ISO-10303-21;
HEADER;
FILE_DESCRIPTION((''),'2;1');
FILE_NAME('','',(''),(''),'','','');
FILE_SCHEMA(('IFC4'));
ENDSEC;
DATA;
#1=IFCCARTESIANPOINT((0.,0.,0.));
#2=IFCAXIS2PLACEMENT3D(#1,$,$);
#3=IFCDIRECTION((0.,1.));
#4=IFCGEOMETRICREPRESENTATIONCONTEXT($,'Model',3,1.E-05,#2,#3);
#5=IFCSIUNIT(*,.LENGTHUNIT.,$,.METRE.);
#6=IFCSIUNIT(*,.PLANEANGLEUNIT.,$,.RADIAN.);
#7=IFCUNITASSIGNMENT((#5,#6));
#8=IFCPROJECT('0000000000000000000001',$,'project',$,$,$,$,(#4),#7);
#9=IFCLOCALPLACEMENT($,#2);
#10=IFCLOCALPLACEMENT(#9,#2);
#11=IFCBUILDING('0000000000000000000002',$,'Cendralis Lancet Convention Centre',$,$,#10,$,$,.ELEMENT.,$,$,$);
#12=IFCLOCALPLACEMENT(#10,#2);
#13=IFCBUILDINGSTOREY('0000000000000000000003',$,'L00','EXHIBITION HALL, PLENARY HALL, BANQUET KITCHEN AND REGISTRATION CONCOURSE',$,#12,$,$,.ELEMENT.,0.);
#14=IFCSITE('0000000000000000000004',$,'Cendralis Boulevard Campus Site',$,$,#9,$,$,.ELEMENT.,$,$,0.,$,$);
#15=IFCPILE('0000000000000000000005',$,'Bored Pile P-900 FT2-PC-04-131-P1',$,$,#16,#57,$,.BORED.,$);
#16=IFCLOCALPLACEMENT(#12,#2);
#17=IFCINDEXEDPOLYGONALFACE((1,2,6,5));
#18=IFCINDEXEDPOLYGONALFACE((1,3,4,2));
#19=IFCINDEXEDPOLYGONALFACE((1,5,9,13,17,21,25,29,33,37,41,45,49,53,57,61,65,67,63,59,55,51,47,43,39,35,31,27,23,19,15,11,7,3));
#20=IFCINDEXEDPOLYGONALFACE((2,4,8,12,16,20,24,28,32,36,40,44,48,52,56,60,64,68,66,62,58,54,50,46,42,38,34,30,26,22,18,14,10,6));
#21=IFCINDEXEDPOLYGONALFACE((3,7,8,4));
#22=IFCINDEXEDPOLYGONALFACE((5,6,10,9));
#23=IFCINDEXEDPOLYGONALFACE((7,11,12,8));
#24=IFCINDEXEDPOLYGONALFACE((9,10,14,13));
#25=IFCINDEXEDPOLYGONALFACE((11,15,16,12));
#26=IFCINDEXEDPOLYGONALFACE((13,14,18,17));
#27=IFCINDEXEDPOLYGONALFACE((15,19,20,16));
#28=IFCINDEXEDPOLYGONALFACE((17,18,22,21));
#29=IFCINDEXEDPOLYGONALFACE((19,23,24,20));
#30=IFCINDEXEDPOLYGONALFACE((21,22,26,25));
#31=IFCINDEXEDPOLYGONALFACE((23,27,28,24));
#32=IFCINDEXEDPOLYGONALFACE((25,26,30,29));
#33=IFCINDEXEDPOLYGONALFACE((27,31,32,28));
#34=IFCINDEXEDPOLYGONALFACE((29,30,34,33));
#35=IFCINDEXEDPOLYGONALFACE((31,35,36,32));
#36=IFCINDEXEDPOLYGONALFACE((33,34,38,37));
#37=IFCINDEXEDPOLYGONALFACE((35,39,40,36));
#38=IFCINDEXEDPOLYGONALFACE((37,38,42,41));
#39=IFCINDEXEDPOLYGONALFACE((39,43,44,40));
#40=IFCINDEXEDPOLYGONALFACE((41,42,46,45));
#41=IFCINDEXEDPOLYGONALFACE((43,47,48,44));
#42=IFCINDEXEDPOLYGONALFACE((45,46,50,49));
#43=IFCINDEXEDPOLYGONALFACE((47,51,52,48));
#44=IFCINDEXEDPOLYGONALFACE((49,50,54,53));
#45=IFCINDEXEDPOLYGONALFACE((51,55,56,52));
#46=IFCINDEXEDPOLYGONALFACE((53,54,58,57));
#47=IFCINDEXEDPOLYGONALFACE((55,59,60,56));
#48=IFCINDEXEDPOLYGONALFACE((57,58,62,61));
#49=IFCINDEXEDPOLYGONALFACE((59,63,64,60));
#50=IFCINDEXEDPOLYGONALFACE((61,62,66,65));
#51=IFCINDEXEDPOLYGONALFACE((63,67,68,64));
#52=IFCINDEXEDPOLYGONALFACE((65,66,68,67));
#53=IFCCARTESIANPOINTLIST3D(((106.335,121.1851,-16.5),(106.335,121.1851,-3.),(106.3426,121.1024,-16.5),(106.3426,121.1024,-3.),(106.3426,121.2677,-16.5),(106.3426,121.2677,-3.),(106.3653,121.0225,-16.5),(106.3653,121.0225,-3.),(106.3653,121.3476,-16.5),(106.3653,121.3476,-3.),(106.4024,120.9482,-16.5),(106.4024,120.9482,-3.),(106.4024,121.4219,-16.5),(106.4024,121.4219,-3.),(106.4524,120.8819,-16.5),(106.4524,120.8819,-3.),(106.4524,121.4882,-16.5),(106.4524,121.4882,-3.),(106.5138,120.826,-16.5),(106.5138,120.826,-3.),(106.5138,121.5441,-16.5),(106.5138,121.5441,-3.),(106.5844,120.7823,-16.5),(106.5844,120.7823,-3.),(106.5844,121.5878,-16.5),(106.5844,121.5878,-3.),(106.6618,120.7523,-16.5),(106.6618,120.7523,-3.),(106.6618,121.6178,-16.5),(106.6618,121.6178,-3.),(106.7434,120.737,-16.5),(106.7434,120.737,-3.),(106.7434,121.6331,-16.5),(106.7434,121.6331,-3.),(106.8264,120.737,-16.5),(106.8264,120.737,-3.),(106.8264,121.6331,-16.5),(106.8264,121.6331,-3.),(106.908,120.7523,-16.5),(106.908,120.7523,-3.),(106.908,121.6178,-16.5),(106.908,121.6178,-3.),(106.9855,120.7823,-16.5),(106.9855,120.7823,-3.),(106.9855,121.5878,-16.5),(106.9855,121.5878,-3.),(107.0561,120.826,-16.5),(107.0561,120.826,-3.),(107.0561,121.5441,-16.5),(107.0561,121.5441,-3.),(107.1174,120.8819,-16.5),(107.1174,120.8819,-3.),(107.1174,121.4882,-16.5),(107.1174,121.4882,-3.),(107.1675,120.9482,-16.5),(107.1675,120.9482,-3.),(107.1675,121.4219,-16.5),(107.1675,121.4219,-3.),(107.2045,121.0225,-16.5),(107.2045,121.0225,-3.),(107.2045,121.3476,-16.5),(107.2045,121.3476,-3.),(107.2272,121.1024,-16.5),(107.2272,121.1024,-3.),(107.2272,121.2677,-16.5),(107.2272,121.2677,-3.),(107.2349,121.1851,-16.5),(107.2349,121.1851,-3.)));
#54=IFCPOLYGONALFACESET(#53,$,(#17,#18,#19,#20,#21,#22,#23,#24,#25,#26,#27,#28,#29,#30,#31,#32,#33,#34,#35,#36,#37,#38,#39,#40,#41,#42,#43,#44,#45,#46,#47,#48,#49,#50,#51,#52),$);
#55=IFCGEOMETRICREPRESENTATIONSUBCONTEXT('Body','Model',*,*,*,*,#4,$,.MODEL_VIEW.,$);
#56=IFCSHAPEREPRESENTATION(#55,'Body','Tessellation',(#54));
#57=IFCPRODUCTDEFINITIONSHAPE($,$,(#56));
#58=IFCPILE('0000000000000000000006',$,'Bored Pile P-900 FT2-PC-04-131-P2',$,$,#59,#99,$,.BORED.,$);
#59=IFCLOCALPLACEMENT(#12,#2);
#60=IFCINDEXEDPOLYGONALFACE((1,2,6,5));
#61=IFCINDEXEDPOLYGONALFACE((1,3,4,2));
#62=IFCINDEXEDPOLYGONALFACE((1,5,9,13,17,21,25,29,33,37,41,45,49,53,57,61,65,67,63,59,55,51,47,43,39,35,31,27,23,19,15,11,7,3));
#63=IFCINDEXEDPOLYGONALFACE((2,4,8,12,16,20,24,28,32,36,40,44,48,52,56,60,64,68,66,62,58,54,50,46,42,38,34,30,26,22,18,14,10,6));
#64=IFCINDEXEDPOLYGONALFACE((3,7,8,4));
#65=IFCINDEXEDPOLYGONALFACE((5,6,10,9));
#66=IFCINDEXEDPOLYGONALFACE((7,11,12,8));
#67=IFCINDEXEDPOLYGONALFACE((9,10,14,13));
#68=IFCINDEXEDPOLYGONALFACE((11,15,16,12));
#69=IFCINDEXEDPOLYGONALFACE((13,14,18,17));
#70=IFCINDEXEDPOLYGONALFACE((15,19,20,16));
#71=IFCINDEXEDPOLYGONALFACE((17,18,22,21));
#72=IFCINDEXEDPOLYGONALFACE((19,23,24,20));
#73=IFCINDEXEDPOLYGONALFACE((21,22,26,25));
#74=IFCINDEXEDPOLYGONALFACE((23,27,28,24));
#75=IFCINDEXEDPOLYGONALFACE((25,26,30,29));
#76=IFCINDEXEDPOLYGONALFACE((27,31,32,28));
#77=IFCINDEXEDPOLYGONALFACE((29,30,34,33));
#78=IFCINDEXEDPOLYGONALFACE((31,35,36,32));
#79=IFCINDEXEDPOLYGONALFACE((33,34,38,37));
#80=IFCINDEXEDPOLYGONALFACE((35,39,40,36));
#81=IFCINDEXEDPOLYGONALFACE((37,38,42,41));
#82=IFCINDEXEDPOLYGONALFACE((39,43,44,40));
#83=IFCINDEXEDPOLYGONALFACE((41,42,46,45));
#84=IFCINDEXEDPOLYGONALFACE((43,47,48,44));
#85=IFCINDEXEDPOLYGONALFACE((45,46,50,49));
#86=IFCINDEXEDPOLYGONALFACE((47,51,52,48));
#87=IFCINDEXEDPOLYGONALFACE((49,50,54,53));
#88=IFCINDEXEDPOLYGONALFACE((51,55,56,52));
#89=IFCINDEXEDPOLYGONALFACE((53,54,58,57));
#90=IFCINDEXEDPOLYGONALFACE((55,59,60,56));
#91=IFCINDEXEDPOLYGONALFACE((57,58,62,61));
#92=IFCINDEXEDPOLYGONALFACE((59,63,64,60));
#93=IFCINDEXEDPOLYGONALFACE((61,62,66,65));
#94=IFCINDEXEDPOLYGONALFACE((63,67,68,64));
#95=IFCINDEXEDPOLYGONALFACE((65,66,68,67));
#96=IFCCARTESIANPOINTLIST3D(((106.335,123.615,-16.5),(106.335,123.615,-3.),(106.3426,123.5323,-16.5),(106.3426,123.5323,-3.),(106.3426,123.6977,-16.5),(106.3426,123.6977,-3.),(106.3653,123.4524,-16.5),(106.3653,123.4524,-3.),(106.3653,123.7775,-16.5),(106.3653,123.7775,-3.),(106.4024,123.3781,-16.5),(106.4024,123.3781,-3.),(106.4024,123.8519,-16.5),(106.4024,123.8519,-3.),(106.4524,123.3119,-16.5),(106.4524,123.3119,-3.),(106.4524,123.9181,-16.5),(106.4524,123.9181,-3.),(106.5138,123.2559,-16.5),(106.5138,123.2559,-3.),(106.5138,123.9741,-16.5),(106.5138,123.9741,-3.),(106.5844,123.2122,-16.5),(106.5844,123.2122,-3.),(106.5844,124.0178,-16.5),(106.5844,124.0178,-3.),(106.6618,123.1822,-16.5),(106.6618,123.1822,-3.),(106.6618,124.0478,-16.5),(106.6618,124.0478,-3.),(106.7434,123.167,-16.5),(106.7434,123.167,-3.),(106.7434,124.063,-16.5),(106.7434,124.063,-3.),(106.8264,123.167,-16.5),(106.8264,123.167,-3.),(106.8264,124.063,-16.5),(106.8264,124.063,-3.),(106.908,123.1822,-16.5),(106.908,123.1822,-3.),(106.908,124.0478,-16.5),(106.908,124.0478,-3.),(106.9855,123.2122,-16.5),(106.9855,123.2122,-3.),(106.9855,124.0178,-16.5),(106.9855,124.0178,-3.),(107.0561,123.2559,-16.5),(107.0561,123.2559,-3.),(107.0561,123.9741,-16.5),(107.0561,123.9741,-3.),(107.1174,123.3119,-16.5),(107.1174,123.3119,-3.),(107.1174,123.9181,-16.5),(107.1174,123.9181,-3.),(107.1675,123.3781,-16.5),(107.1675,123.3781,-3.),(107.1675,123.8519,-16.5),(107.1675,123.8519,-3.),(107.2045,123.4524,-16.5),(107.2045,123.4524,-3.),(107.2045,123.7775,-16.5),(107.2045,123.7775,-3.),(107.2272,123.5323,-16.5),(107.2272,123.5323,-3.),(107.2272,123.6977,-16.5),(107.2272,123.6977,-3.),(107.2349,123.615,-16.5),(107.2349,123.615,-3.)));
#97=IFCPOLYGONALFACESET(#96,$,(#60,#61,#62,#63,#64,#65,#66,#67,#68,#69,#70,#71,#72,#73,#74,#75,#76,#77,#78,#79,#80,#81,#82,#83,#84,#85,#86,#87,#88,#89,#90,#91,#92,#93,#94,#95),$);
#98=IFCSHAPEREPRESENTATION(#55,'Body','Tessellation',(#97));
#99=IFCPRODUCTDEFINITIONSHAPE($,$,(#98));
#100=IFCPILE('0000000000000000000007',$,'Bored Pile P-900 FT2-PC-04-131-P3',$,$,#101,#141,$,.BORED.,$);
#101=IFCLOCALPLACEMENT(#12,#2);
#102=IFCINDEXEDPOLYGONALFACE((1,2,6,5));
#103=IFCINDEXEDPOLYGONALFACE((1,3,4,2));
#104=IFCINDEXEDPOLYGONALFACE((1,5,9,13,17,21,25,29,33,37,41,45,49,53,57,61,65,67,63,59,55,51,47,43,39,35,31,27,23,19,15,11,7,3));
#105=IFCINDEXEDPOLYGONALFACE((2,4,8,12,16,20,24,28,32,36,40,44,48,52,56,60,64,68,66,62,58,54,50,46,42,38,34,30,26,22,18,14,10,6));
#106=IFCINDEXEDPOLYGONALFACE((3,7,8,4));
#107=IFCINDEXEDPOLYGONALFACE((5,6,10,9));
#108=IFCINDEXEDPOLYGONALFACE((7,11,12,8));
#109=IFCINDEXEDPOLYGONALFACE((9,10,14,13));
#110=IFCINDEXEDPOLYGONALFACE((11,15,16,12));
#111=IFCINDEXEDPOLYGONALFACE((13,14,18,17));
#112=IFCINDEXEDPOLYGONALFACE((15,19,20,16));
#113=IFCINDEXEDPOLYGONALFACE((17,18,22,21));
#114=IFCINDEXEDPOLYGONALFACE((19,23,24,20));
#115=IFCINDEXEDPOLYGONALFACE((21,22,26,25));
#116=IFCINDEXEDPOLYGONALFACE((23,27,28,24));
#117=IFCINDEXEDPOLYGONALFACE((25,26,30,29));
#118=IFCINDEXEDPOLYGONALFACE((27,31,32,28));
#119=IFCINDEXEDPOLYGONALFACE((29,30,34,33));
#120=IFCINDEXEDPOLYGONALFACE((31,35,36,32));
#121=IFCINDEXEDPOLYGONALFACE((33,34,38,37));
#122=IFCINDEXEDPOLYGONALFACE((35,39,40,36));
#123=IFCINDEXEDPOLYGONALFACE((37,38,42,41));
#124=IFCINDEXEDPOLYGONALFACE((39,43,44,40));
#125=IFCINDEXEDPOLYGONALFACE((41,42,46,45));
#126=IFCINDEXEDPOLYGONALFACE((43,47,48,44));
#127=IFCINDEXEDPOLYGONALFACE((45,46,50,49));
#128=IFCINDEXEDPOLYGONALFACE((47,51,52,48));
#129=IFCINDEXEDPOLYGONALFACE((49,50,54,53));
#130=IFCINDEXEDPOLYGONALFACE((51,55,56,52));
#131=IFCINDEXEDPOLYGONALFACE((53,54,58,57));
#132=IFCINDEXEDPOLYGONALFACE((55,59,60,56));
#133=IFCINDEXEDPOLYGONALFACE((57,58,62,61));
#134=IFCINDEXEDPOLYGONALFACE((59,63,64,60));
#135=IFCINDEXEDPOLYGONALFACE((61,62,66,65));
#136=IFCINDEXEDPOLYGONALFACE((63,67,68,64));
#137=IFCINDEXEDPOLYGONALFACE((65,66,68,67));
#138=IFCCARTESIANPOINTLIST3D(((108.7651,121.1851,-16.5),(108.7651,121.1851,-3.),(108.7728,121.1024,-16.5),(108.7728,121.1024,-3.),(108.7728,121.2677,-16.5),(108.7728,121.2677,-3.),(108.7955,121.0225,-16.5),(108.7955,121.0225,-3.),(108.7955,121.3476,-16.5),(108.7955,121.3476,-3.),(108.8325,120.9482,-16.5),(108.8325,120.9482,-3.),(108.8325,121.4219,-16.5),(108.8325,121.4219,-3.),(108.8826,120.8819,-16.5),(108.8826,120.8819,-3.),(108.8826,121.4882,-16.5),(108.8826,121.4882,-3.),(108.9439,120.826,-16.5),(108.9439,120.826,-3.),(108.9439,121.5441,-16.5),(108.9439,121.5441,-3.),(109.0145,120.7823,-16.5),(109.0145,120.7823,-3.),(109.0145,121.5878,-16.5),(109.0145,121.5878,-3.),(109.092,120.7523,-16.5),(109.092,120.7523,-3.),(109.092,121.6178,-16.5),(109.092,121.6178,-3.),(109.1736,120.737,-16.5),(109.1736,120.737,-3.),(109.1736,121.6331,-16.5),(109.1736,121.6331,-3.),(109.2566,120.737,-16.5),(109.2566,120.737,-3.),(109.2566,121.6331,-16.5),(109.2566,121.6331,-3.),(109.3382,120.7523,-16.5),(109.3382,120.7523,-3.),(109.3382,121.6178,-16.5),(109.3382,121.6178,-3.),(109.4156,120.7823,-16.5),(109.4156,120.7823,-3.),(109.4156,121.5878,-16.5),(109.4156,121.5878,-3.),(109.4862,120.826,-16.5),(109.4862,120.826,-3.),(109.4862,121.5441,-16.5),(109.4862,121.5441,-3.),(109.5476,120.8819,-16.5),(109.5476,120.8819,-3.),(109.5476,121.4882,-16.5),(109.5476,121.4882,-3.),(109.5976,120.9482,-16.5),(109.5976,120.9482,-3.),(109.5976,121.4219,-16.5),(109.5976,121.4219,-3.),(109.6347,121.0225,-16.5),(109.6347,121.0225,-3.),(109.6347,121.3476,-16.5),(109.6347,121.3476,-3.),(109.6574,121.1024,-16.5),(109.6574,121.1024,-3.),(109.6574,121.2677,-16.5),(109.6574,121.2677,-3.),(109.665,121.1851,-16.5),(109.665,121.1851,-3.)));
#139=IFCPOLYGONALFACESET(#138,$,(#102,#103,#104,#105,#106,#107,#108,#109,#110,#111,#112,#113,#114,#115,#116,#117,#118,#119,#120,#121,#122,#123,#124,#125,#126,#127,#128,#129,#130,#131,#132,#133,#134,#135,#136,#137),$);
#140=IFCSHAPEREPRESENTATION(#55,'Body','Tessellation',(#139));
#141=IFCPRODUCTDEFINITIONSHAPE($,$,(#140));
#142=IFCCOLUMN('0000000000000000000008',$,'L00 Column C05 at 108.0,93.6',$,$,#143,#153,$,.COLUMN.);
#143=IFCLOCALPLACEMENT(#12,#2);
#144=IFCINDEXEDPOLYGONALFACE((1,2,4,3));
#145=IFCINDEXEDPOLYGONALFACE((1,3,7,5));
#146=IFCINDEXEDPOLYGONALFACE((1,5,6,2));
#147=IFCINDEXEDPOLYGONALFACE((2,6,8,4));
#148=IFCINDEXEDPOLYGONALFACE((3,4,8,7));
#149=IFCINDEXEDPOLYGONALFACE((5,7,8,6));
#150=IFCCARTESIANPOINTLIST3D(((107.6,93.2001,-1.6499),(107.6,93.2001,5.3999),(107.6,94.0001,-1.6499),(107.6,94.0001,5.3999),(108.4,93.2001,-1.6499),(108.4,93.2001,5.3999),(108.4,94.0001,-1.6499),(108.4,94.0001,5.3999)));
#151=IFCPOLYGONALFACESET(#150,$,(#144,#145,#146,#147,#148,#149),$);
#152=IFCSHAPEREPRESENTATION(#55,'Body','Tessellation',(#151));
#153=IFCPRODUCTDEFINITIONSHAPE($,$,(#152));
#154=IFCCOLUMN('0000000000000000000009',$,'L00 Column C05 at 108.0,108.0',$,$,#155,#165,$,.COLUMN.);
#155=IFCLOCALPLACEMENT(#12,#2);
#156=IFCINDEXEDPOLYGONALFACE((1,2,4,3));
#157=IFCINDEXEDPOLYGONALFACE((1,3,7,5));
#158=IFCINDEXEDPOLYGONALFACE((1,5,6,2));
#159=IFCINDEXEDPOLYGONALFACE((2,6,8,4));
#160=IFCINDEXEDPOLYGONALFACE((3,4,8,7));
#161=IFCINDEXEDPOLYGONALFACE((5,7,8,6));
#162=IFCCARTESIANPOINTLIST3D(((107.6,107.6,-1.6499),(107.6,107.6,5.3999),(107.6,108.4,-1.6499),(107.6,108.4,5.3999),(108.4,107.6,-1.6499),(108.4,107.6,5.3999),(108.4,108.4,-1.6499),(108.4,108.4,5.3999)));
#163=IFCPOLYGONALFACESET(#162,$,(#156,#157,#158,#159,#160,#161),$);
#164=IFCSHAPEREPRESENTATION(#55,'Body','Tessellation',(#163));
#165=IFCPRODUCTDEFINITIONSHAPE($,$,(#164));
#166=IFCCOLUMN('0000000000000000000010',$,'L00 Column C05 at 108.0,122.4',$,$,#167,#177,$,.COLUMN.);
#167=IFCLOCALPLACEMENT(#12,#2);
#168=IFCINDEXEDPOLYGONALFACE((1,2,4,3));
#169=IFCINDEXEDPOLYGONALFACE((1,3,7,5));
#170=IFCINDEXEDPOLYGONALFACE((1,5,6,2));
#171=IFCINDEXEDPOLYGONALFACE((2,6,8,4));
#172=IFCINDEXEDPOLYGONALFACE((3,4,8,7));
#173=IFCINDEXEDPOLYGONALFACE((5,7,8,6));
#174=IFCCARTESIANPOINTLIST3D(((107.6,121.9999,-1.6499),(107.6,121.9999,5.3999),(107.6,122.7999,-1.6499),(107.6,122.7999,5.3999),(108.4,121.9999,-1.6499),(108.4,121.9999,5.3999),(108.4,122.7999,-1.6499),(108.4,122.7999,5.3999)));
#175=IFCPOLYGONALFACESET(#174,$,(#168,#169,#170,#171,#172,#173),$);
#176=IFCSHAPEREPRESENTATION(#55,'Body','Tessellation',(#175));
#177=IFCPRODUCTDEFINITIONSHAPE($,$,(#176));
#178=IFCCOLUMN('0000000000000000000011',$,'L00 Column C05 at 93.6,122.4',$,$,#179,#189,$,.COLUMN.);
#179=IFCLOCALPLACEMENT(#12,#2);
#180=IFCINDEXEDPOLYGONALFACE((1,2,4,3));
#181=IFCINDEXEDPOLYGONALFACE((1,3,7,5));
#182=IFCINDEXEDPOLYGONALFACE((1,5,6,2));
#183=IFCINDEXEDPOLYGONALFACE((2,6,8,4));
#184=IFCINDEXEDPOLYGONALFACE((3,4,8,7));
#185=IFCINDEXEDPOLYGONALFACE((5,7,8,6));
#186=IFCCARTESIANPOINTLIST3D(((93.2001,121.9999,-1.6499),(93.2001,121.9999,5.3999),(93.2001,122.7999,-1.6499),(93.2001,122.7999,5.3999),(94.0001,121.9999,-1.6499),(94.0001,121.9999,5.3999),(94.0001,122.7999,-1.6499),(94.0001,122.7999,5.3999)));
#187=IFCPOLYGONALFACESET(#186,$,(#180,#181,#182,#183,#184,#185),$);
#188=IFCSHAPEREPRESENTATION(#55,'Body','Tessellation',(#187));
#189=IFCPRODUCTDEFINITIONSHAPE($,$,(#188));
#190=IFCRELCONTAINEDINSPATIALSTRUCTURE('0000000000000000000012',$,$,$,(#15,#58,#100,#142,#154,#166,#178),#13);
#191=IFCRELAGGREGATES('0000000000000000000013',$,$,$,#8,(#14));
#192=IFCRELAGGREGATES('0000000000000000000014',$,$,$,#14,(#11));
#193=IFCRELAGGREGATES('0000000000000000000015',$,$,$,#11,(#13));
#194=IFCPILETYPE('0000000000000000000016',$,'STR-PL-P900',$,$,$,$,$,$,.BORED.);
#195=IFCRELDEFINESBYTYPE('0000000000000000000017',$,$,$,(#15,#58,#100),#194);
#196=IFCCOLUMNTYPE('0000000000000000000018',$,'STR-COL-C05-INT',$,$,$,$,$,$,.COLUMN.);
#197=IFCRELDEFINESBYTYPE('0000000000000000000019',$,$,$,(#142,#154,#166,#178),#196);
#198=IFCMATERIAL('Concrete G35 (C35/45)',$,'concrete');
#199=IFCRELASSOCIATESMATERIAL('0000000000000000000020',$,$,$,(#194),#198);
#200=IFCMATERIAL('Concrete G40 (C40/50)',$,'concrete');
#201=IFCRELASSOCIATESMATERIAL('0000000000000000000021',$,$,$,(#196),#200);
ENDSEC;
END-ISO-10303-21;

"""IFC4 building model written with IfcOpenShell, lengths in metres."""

from ifc_helpers import new_model, si_unit, direction, frame, origin, origin_2d, place, context, subcontext, project, spatial, rectangle, circle, extrude, material, material_profile, profile_set, type_object, element, save


model = new_model("IFC4")

# Units and contexts
model_context = context("Model", 3, precision=1e-05, world=origin(), true_north=direction((0.0, 1.0)))
body_context = subcontext(model_context, "Body", "Model", "MODEL_VIEW")
ifc_project = project(units=[si_unit("LENGTHUNIT", "METRE"), si_unit("PLANEANGLEUNIT", "RADIAN")], contexts=[model_context])

# Site, building, storey
site_placement = place(None, origin())
site = spatial("IfcSite", under=ifc_project, at=site_placement, Name="Cendralis Boulevard Campus Site", CompositionType="ELEMENT", RefElevation=0.0)
building_placement = place(site_placement, origin())
building = spatial("IfcBuilding", under=site, at=building_placement, Name="Cendralis Lancet Convention Centre", CompositionType="ELEMENT")
storey_placement = place(building_placement, origin())
storey = spatial("IfcBuildingStorey", under=building, at=storey_placement, Name="L00", Description="EXHIBITION HALL, PLENARY HALL, BANQUET KITCHEN AND REGISTRATION CONCOURSE", CompositionType="ELEMENT", Elevation=0.0)

# Shared definitions
ifc_material_1 = material(Name="Concrete G35 (C35/45)", Category="concrete")

# Piles
ifc_material_profile_1 = material_profile(ifc_material_1, circle(Radius=0.45, at=origin_2d()), Name="BORED PILE D900")
ifc_profile_set_1 = profile_set([ifc_material_profile_1], Name="Concrete G35 (C35/45)")
pile_type = type_object("IfcPileType", Name="STR-PL-P900", PredefinedType="BORED", material=ifc_profile_set_1)
for number, where, z_axis, x_axis, name in (
    (1, (106.7849, 121.1851, -3.0), (0.0, 0.0, -1.0), (1.0, 0.0, 0.0), "Bored Pile P-900 FT2-PC-04-131-P1"),
    (2, (106.7849, 123.615, -3.0), (0.0, 0.0, -1.0), (1.0, 0.0, 0.0), "Bored Pile P-900 FT2-PC-04-131-P2"),
    (3, (109.2151, 121.1851, -3.0), (0.0, 0.0, -1.0), (1.0, 0.0, 0.0), "Bored Pile P-900 FT2-PC-04-131-P3"),
):
    element("IfcPile", number, at=place(storey_placement, frame(where, z_axis=z_axis, x_axis=x_axis)), inside=storey, type_object=pile_type, Name=name, PredefinedType="BORED", context=body_context, shape_type="SweptSolid", body=[
        extrude(circle(Radius=0.45, at=origin_2d()), origin(), (0.0, 0.0, 1.0), 13.5),
    ])

# Columns
ifc_material_2 = material(Name="Concrete G40 (C40/50)", Category="concrete")
ifc_material_profile_2 = material_profile(ifc_material_2, rectangle(XDim=0.8, YDim=0.8, at=origin_2d()), Name="RC 800x800")
ifc_profile_set_2 = profile_set([ifc_material_profile_2], Name="Concrete G40 (C40/50)")
column_type = type_object("IfcColumnType", Name="STR-COL-C05-INT", PredefinedType="COLUMN", material=ifc_profile_set_2)
for number, where, z_axis, x_axis, name in (
    (4, (108.0, 93.6001, -1.6499), (0.0, 0.0, 1.0), (1.0, 0.0, 0.0), "L00 Column C05 at 108.0,93.6"),
    (5, (108.0, 108.0, -1.6499), (0.0, 0.0, 1.0), (1.0, 0.0, 0.0), "L00 Column C05 at 108.0,108.0"),
    (6, (108.0, 122.3999, -1.6499), (0.0, 0.0, 1.0), (1.0, 0.0, 0.0), "L00 Column C05 at 108.0,122.4"),
    (7, (93.6001, 122.3999, -1.6499), (0.0, 0.0, 1.0), (1.0, 0.0, 0.0), "L00 Column C05 at 93.6,122.4"),
):
    element("IfcColumn", number, at=place(storey_placement, frame(where, z_axis=z_axis, x_axis=x_axis)), inside=storey, type_object=column_type, Name=name, PredefinedType="COLUMN", context=body_context, shape_type="SweptSolid", body=[
        extrude(rectangle(XDim=0.8, YDim=0.8, at=origin_2d()), origin(), (0.0, 0.0, 1.0), 7.0498),
    ])

save(model, "model.ifc")
